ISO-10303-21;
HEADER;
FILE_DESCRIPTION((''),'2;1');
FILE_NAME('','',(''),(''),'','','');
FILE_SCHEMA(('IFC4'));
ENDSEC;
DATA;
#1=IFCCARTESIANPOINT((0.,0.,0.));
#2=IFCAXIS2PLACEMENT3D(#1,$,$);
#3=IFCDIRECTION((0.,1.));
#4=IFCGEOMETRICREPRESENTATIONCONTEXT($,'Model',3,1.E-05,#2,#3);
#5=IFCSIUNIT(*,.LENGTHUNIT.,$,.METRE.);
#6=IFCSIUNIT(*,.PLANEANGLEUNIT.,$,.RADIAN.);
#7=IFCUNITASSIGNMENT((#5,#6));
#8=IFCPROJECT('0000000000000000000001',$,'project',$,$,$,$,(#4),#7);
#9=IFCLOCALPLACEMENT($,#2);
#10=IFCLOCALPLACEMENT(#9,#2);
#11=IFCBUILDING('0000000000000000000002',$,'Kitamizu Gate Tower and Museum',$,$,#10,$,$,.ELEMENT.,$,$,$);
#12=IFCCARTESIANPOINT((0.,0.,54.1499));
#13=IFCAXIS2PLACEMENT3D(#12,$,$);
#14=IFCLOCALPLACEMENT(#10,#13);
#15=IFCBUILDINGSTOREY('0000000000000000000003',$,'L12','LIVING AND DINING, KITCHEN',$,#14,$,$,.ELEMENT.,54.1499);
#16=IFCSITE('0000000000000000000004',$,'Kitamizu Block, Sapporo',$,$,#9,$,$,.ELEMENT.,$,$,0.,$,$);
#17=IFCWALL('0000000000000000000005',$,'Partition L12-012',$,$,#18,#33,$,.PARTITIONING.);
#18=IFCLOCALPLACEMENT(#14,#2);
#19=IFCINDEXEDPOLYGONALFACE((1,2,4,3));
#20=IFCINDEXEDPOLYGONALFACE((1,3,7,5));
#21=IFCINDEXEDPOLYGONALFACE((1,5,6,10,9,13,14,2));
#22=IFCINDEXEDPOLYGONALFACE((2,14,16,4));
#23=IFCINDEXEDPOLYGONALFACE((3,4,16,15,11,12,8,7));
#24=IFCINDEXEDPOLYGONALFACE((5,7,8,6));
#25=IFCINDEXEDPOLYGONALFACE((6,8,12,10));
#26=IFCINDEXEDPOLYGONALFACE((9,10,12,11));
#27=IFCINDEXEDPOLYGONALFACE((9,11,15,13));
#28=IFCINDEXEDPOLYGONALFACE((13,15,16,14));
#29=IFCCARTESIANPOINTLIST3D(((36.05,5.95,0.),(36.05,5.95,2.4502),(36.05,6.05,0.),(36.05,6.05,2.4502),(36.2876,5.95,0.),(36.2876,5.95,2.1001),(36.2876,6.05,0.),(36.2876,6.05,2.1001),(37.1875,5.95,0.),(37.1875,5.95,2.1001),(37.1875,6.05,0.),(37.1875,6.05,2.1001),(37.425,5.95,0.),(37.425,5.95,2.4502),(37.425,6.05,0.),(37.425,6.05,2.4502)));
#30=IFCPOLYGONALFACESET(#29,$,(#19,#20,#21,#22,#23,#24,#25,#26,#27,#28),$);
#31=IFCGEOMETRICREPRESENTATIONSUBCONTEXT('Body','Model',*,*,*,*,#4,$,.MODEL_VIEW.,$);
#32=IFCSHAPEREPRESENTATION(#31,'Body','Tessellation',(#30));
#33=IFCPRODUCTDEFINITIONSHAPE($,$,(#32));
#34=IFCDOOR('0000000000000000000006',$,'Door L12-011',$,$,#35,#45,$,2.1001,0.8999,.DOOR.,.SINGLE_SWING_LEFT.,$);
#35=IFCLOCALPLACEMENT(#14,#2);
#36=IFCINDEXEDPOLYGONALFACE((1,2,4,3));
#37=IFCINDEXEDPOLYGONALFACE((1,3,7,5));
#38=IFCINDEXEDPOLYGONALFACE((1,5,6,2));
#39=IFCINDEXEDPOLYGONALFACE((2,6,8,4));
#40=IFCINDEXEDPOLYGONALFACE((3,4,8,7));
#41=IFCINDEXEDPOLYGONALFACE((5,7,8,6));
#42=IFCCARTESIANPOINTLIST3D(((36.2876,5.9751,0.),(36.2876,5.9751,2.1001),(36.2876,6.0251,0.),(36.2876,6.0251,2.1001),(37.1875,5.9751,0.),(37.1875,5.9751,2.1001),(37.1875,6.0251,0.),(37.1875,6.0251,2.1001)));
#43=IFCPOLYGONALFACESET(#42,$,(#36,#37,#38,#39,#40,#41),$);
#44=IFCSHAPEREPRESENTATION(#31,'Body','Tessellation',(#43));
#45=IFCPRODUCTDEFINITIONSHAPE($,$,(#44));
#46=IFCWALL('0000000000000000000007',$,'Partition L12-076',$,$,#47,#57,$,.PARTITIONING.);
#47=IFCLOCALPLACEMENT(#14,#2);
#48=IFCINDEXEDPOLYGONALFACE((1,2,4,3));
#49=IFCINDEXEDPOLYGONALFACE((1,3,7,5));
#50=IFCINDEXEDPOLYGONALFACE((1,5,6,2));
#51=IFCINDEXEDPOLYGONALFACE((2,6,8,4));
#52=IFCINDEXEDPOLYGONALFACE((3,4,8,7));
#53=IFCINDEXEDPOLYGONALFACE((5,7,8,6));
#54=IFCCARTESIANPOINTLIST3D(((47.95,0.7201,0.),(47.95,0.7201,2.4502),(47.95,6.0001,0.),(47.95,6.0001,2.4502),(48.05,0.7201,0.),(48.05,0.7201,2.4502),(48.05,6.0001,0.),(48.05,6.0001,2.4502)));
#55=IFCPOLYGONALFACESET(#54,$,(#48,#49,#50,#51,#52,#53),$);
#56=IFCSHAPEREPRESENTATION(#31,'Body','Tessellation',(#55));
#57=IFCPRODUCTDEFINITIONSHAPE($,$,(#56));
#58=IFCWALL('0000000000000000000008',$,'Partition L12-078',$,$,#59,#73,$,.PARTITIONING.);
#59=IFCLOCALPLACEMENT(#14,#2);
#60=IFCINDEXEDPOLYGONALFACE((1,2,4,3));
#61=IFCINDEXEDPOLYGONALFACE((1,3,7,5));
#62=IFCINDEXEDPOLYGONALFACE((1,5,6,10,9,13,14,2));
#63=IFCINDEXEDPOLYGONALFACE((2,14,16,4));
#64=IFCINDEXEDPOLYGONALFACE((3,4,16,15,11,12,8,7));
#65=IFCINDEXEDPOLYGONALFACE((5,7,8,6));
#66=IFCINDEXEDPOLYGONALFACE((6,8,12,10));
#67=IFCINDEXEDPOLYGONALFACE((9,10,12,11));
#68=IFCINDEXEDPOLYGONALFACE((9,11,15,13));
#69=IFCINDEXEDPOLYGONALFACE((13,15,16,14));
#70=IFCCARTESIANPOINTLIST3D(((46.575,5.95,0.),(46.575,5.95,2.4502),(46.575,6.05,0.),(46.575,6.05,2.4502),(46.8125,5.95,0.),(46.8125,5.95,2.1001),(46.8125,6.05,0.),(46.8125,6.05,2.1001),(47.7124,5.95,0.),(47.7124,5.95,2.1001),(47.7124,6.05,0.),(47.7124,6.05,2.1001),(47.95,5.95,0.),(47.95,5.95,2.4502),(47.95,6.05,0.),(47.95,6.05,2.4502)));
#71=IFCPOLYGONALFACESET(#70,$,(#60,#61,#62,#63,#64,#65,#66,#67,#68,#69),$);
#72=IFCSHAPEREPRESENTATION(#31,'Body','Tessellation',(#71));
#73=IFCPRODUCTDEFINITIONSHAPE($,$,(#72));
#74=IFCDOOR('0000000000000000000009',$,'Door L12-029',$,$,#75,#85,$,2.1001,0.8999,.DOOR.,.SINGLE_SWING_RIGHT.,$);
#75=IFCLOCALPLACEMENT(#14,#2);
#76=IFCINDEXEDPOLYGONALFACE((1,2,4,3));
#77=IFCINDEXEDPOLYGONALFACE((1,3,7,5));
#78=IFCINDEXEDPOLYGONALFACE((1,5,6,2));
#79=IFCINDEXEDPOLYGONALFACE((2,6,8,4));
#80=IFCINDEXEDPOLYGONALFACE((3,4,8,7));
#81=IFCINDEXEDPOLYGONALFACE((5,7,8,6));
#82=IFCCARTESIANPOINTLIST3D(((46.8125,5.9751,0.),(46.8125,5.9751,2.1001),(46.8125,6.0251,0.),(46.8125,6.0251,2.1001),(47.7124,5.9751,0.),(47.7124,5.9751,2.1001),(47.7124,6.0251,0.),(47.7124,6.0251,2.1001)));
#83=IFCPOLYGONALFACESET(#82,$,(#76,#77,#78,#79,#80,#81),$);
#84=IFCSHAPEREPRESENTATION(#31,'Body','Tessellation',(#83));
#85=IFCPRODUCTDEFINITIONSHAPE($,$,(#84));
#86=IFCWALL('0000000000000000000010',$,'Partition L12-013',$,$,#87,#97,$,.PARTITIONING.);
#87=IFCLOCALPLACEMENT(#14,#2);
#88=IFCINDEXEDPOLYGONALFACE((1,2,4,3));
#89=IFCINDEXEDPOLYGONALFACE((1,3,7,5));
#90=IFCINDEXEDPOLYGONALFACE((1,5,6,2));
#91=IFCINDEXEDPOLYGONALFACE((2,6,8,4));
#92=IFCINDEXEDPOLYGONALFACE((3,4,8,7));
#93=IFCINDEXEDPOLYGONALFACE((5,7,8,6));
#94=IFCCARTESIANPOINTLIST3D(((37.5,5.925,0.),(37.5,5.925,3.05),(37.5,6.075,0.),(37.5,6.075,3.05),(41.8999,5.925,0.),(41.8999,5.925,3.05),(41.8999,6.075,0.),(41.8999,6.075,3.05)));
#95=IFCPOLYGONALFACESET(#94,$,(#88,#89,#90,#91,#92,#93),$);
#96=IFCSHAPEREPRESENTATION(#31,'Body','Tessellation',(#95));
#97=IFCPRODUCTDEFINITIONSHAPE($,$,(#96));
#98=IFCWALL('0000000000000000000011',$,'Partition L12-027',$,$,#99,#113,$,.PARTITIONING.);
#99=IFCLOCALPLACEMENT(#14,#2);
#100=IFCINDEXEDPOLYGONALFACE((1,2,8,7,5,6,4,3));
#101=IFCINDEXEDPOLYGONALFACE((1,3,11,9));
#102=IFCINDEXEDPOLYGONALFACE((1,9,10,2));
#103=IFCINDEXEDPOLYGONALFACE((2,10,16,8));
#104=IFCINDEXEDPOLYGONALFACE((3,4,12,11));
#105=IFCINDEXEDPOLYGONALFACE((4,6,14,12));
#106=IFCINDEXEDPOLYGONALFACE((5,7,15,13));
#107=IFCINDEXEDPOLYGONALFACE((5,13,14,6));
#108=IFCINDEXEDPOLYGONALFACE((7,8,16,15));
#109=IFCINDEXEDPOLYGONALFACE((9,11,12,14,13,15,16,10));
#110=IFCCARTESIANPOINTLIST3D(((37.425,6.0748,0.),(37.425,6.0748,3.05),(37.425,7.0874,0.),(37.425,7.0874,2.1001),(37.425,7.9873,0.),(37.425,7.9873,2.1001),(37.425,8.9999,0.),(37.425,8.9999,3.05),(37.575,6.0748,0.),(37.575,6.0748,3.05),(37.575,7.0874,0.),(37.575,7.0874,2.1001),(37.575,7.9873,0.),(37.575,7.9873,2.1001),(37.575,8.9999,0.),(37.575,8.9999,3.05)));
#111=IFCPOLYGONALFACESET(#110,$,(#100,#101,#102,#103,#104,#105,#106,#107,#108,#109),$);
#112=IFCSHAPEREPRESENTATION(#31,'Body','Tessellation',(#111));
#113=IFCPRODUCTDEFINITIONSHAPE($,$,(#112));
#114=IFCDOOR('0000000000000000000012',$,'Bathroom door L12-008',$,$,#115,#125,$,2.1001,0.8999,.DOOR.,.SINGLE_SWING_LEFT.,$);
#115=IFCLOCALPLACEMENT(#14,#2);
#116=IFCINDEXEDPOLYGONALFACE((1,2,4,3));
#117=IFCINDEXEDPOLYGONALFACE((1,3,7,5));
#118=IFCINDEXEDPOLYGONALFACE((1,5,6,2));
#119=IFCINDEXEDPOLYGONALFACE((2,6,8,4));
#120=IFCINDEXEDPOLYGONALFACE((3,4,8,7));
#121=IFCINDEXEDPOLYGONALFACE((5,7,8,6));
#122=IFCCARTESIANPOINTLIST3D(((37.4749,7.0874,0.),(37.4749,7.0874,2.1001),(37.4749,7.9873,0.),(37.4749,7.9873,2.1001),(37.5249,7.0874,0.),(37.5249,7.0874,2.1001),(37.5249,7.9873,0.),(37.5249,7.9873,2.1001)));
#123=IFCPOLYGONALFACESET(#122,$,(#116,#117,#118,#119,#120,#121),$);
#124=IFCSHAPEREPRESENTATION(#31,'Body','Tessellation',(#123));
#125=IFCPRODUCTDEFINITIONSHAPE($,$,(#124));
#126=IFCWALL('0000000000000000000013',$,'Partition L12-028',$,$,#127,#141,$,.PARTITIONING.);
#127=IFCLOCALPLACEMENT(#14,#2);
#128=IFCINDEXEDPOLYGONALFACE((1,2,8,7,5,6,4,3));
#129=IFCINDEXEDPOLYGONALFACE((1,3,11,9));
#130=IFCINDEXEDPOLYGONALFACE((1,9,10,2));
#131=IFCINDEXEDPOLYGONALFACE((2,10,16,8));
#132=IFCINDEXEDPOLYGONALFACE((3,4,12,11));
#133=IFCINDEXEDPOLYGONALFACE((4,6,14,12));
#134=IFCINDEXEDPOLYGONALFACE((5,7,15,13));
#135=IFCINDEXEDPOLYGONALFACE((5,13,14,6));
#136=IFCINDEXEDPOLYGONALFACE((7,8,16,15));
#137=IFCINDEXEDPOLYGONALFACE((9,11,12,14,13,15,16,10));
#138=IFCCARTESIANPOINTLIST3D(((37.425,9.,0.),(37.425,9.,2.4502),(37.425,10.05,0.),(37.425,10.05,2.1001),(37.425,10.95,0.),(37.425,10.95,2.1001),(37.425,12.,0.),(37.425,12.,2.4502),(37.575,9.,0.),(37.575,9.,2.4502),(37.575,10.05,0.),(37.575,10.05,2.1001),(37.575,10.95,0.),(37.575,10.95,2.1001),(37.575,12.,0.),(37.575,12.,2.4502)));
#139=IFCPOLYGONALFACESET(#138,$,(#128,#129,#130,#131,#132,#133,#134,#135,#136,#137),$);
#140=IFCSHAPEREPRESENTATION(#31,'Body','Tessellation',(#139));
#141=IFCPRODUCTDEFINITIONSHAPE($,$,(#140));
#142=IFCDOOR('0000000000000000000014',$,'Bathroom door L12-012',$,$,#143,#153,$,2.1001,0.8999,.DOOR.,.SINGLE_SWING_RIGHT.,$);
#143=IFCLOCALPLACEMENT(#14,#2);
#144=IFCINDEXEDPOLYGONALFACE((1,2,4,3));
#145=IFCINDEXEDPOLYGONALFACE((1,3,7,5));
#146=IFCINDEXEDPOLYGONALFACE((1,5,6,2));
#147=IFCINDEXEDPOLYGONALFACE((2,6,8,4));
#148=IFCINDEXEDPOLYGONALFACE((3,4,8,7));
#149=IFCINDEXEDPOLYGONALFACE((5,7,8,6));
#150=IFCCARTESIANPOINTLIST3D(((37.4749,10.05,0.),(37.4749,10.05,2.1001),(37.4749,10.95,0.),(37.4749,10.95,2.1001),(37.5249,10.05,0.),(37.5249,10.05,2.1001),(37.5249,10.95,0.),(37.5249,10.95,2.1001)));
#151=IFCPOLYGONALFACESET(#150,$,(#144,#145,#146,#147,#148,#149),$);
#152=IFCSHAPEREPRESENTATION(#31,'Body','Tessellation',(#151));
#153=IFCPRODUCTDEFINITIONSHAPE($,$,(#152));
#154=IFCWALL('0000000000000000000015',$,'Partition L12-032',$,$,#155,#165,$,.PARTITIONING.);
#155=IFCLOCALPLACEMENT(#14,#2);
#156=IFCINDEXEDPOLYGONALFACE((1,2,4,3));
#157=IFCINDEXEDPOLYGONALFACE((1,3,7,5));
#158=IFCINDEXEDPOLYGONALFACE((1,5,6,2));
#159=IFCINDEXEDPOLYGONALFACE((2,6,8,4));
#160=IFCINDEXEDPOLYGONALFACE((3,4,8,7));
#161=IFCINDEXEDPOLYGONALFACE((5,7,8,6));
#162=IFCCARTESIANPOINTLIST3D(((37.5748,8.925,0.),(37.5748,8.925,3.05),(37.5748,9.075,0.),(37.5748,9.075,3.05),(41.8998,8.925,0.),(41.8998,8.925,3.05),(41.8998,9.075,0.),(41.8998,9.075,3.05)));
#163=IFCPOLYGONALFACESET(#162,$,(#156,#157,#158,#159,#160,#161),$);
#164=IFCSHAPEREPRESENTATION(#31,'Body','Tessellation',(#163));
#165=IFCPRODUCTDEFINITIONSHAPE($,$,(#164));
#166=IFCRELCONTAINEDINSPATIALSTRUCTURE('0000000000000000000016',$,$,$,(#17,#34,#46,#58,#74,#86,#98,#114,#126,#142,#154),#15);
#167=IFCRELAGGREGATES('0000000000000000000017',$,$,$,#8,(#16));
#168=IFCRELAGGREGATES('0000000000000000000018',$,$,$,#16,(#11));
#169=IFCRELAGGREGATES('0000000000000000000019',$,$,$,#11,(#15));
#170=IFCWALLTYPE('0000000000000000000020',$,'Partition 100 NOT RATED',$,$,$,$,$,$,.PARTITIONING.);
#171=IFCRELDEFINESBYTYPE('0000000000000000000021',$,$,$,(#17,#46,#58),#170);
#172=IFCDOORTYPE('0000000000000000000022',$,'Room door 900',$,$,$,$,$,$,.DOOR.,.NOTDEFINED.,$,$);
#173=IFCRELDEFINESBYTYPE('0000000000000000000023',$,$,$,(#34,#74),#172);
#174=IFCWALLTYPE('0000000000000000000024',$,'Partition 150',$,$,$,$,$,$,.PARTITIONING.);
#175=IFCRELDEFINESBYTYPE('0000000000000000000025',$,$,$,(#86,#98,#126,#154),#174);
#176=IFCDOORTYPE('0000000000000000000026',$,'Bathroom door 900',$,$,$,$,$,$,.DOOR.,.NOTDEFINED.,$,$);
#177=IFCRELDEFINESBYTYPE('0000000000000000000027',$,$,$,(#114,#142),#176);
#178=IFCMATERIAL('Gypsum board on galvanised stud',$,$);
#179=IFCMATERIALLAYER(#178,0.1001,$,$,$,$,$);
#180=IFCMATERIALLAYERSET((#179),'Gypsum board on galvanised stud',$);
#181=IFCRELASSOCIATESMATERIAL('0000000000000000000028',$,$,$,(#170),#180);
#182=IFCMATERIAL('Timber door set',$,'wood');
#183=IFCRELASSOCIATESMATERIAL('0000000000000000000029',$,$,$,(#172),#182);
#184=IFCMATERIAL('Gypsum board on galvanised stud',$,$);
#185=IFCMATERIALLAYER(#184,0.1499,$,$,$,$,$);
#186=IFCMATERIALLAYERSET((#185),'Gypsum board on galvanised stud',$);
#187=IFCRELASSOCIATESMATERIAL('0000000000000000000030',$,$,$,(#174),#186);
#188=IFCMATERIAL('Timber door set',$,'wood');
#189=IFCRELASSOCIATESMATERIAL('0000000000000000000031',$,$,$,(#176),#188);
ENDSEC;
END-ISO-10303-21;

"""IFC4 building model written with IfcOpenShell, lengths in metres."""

from ifc_helpers import new_model, si_unit, direction, frame, frame_2d, origin, place, context, subcontext, project, spatial, rectangle, extrude, material, layer, layer_set, type_object, element, fill, save


model = new_model("IFC4")

# Units and contexts
model_context = context("Model", 3, precision=1e-05, world=origin(), true_north=direction((0.0, 1.0)))
body_context = subcontext(model_context, "Body", "Model", "MODEL_VIEW")
ifc_project = project(units=[si_unit("LENGTHUNIT", "METRE"), si_unit("PLANEANGLEUNIT", "RADIAN")], contexts=[model_context])

# Site, building, storey
site_placement = place(None, origin())
site = spatial("IfcSite", under=ifc_project, at=site_placement, Name="Kitamizu Block, Sapporo", CompositionType="ELEMENT", RefElevation=0.0)
building_placement = place(site_placement, origin())
building = spatial("IfcBuilding", under=site, at=building_placement, Name="Kitamizu Gate Tower and Museum", CompositionType="ELEMENT")
storey_placement = place(building_placement, frame((0.0, 0.0, 54.1499)))
storey = spatial("IfcBuildingStorey", under=building, at=storey_placement, Name="L12", Description="LIVING AND DINING, KITCHEN", CompositionType="ELEMENT", Elevation=54.1499)

# Wall, opening, door
ifc_material_1 = material(Name="Gypsum board on galvanised stud")
ifc_layer_1 = layer(ifc_material_1, 0.1001)
ifc_layer_set_1 = layer_set([ifc_layer_1], Name="Gypsum board on galvanised stud")
wall_type_1 = type_object("IfcWallType", Name="Partition 100 NOT RATED", PredefinedType="PARTITIONING", material=ifc_layer_set_1)
wall_1_placement = place(storey_placement, frame((37.425, 6.0, 0.0), z_axis=(0.0, 0.0, 1.0), x_axis=(-1.0, 0.0, 0.0)))
wall_1 = element("IfcWall", 1, at=wall_1_placement, inside=storey, type_object=wall_type_1, Name="Partition L12-012", PredefinedType="PARTITIONING", context=body_context, shape_type="SweptSolid", body=[
    extrude(rectangle(XDim=1.375, YDim=0.1001, at=frame_2d((0.6875, 0.0))), origin(), (0.0, 0.0, 1.0), 2.4502),
])
opening_1_placement = place(wall_1_placement, frame((0.2375, 0.0, 0.0)))
opening_1 = element("IfcOpeningElement", 2, at=opening_1_placement, cuts=wall_1, PredefinedType="OPENING", context=body_context, shape_type="SweptSolid", body=[
    extrude(rectangle(XDim=0.8999, YDim=2.1001, at=frame_2d((0.45, 1.05))), frame((0.0, 0.0601, 0.0), z_axis=(0.0, -1.0, 0.0), x_axis=(1.0, 0.0, 0.0)), (0.0, 0.0, 1.0), 0.1201),
])
ifc_material_2 = material(Name="Timber door set", Category="wood")
door_type_1 = type_object("IfcDoorType", Name="Room door 900", OperationType="NOTDEFINED", PredefinedType="DOOR", material=ifc_material_2)
door_1_placement = place(opening_1_placement, origin())
door_1 = element("IfcDoor", 3, at=door_1_placement, inside=storey, type_object=door_type_1, Name="Door L12-011", OperationType="SINGLE_SWING_LEFT", OverallHeight=2.1001, OverallWidth=0.8999, PredefinedType="DOOR", context=body_context, shape_type="SweptSolid", body=[
    extrude(rectangle(XDim=0.8999, YDim=2.1001, at=frame_2d((0.45, 1.05))), frame((0.0, 0.0249, 0.0), z_axis=(0.0, -1.0, 0.0), x_axis=(1.0, 0.0, 0.0)), (0.0, 0.0, 1.0), 0.05),
])
fill(opening_1, door_1)

# Wall
wall_2_placement = place(storey_placement, frame((48.0, 0.72, 0.0), z_axis=(0.0, 0.0, 1.0), x_axis=(0.0, 1.0, 0.0)))
element("IfcWall", 4, at=wall_2_placement, inside=storey, type_object=wall_type_1, Name="Partition L12-076", PredefinedType="PARTITIONING", context=body_context, shape_type="SweptSolid", body=[
    extrude(rectangle(XDim=5.28, YDim=0.1001, at=frame_2d((2.6401, 0.0))), origin(), (0.0, 0.0, 1.0), 2.4502),
])

# Wall, opening, door
wall_3_placement = place(storey_placement, frame((47.95, 6.0, 0.0), z_axis=(0.0, 0.0, 1.0), x_axis=(-1.0, 0.0, 0.0)))
wall_3 = element("IfcWall", 5, at=wall_3_placement, inside=storey, type_object=wall_type_1, Name="Partition L12-078", PredefinedType="PARTITIONING", context=body_context, shape_type="SweptSolid", body=[
    extrude(rectangle(XDim=1.375, YDim=0.1001, at=frame_2d((0.6875, 0.0))), origin(), (0.0, 0.0, 1.0), 2.4502),
])
opening_2_placement = place(wall_3_placement, frame((0.2375, 0.0, 0.0)))
opening_2 = element("IfcOpeningElement", 6, at=opening_2_placement, cuts=wall_3, PredefinedType="OPENING", context=body_context, shape_type="SweptSolid", body=[
    extrude(rectangle(XDim=0.8999, YDim=2.1001, at=frame_2d((0.45, 1.05))), frame((0.0, 0.0601, 0.0), z_axis=(0.0, -1.0, 0.0), x_axis=(1.0, 0.0, 0.0)), (0.0, 0.0, 1.0), 0.1201),
])
door_2_placement = place(opening_2_placement, origin())
door_2 = element("IfcDoor", 7, at=door_2_placement, inside=storey, type_object=door_type_1, Name="Door L12-029", OperationType="SINGLE_SWING_RIGHT", OverallHeight=2.1001, OverallWidth=0.8999, PredefinedType="DOOR", context=body_context, shape_type="SweptSolid", body=[
    extrude(rectangle(XDim=0.8999, YDim=2.1001, at=frame_2d((0.45, 1.05))), frame((0.0, 0.0249, 0.0), z_axis=(0.0, -1.0, 0.0), x_axis=(1.0, 0.0, 0.0)), (0.0, 0.0, 1.0), 0.05),
])
fill(opening_2, door_2)

# Wall
ifc_material_3 = material(Name="Gypsum board on galvanised stud")
ifc_layer_2 = layer(ifc_material_3, 0.1499)
ifc_layer_set_2 = layer_set([ifc_layer_2], Name="Gypsum board on galvanised stud")
wall_type_2 = type_object("IfcWallType", Name="Partition 150", PredefinedType="PARTITIONING", material=ifc_layer_set_2)
wall_4_placement = place(storey_placement, frame((41.8999, 6.0, 0.0), z_axis=(0.0, 0.0, 1.0), x_axis=(-1.0, 0.0, 0.0)))
element("IfcWall", 8, at=wall_4_placement, inside=storey, type_object=wall_type_2, Name="Partition L12-013", PredefinedType="PARTITIONING", context=body_context, shape_type="SweptSolid", body=[
    extrude(rectangle(XDim=4.3999, YDim=0.1499, at=frame_2d((2.2, 0.0))), origin(), (0.0, 0.0, 1.0), 3.05),
])

# Walls, openings, doors
wall_5_placement = place(storey_placement, frame((37.5, 6.075, 0.0), z_axis=(0.0, 0.0, 1.0), x_axis=(0.0, 1.0, 0.0)))
wall_5 = element("IfcWall", 9, at=wall_5_placement, inside=storey, type_object=wall_type_2, Name="Partition L12-027", PredefinedType="PARTITIONING", context=body_context, shape_type="SweptSolid", body=[
    extrude(rectangle(XDim=2.925, YDim=0.1499, at=frame_2d((1.4624, 0.0))), origin(), (0.0, 0.0, 1.0), 3.05),
])
opening_3_placement = place(wall_5_placement, frame((1.0125, 0.0, 0.0)))
opening_3 = element("IfcOpeningElement", 10, at=opening_3_placement, cuts=wall_5, PredefinedType="OPENING", context=body_context, shape_type="SweptSolid", body=[
    extrude(rectangle(XDim=0.8999, YDim=2.1001, at=frame_2d((0.45, 1.05))), frame((0.0, 0.085, 0.0), z_axis=(0.0, -1.0, 0.0), x_axis=(1.0, 0.0, 0.0)), (0.0, 0.0, 1.0), 0.1699),
])
ifc_material_4 = material(Name="Timber door set", Category="wood")
door_type_2 = type_object("IfcDoorType", Name="Bathroom door 900", OperationType="NOTDEFINED", PredefinedType="DOOR", material=ifc_material_4)
door_3_placement = place(opening_3_placement, frame((0.8999, 0.0, 0.0), x_axis=(-1.0, 0.0, 0.0)))
door_3 = element("IfcDoor", 11, at=door_3_placement, inside=storey, type_object=door_type_2, Name="Bathroom door L12-008", OperationType="SINGLE_SWING_LEFT", OverallHeight=2.1001, OverallWidth=0.8999, PredefinedType="DOOR", context=body_context, shape_type="SweptSolid", body=[
    extrude(rectangle(XDim=0.8999, YDim=2.1001, at=frame_2d((0.45, 1.05))), frame((0.0, 0.0249, 0.0), z_axis=(0.0, -1.0, 0.0), x_axis=(1.0, 0.0, 0.0)), (0.0, 0.0, 1.0), 0.05),
])
fill(opening_3, door_3)
wall_6_placement = place(storey_placement, frame((37.5, 9.0, 0.0), z_axis=(0.0, 0.0, 1.0), x_axis=(0.0, 1.0, 0.0)))
wall_6 = element("IfcWall", 12, at=wall_6_placement, inside=storey, type_object=wall_type_2, Name="Partition L12-028", PredefinedType="PARTITIONING", context=body_context, shape_type="SweptSolid", body=[
    extrude(rectangle(XDim=3.0, YDim=0.1499, at=frame_2d((1.5, 0.0))), origin(), (0.0, 0.0, 1.0), 2.4502),
])
opening_4_placement = place(wall_6_placement, frame((1.05, 0.0, 0.0)))
opening_4 = element("IfcOpeningElement", 13, at=opening_4_placement, cuts=wall_6, PredefinedType="OPENING", context=body_context, shape_type="SweptSolid", body=[
    extrude(rectangle(XDim=0.8999, YDim=2.1001, at=frame_2d((0.45, 1.05))), frame((0.0, 0.085, 0.0), z_axis=(0.0, -1.0, 0.0), x_axis=(1.0, 0.0, 0.0)), (0.0, 0.0, 1.0), 0.1699),
])
door_4_placement = place(opening_4_placement, frame((0.8999, 0.0, 0.0), x_axis=(-1.0, 0.0, 0.0)))
door_4 = element("IfcDoor", 14, at=door_4_placement, inside=storey, type_object=door_type_2, Name="Bathroom door L12-012", OperationType="SINGLE_SWING_RIGHT", OverallHeight=2.1001, OverallWidth=0.8999, PredefinedType="DOOR", context=body_context, shape_type="SweptSolid", body=[
    extrude(rectangle(XDim=0.8999, YDim=2.1001, at=frame_2d((0.45, 1.05))), frame((0.0, 0.0249, 0.0), z_axis=(0.0, -1.0, 0.0), x_axis=(1.0, 0.0, 0.0)), (0.0, 0.0, 1.0), 0.05),
])
fill(opening_4, door_4)

# Wall
wall_7_placement = place(storey_placement, frame((41.8999, 9.0, 0.0), z_axis=(0.0, 0.0, 1.0), x_axis=(-1.0, 0.0, 0.0)))
element("IfcWall", 15, at=wall_7_placement, inside=storey, type_object=wall_type_2, Name="Partition L12-032", PredefinedType="PARTITIONING", context=body_context, shape_type="SweptSolid", body=[
    extrude(rectangle(XDim=4.325, YDim=0.1499, at=frame_2d((2.1626, 0.0))), origin(), (0.0, 0.0, 1.0), 3.05),
])

save(model, "model.ifc")
